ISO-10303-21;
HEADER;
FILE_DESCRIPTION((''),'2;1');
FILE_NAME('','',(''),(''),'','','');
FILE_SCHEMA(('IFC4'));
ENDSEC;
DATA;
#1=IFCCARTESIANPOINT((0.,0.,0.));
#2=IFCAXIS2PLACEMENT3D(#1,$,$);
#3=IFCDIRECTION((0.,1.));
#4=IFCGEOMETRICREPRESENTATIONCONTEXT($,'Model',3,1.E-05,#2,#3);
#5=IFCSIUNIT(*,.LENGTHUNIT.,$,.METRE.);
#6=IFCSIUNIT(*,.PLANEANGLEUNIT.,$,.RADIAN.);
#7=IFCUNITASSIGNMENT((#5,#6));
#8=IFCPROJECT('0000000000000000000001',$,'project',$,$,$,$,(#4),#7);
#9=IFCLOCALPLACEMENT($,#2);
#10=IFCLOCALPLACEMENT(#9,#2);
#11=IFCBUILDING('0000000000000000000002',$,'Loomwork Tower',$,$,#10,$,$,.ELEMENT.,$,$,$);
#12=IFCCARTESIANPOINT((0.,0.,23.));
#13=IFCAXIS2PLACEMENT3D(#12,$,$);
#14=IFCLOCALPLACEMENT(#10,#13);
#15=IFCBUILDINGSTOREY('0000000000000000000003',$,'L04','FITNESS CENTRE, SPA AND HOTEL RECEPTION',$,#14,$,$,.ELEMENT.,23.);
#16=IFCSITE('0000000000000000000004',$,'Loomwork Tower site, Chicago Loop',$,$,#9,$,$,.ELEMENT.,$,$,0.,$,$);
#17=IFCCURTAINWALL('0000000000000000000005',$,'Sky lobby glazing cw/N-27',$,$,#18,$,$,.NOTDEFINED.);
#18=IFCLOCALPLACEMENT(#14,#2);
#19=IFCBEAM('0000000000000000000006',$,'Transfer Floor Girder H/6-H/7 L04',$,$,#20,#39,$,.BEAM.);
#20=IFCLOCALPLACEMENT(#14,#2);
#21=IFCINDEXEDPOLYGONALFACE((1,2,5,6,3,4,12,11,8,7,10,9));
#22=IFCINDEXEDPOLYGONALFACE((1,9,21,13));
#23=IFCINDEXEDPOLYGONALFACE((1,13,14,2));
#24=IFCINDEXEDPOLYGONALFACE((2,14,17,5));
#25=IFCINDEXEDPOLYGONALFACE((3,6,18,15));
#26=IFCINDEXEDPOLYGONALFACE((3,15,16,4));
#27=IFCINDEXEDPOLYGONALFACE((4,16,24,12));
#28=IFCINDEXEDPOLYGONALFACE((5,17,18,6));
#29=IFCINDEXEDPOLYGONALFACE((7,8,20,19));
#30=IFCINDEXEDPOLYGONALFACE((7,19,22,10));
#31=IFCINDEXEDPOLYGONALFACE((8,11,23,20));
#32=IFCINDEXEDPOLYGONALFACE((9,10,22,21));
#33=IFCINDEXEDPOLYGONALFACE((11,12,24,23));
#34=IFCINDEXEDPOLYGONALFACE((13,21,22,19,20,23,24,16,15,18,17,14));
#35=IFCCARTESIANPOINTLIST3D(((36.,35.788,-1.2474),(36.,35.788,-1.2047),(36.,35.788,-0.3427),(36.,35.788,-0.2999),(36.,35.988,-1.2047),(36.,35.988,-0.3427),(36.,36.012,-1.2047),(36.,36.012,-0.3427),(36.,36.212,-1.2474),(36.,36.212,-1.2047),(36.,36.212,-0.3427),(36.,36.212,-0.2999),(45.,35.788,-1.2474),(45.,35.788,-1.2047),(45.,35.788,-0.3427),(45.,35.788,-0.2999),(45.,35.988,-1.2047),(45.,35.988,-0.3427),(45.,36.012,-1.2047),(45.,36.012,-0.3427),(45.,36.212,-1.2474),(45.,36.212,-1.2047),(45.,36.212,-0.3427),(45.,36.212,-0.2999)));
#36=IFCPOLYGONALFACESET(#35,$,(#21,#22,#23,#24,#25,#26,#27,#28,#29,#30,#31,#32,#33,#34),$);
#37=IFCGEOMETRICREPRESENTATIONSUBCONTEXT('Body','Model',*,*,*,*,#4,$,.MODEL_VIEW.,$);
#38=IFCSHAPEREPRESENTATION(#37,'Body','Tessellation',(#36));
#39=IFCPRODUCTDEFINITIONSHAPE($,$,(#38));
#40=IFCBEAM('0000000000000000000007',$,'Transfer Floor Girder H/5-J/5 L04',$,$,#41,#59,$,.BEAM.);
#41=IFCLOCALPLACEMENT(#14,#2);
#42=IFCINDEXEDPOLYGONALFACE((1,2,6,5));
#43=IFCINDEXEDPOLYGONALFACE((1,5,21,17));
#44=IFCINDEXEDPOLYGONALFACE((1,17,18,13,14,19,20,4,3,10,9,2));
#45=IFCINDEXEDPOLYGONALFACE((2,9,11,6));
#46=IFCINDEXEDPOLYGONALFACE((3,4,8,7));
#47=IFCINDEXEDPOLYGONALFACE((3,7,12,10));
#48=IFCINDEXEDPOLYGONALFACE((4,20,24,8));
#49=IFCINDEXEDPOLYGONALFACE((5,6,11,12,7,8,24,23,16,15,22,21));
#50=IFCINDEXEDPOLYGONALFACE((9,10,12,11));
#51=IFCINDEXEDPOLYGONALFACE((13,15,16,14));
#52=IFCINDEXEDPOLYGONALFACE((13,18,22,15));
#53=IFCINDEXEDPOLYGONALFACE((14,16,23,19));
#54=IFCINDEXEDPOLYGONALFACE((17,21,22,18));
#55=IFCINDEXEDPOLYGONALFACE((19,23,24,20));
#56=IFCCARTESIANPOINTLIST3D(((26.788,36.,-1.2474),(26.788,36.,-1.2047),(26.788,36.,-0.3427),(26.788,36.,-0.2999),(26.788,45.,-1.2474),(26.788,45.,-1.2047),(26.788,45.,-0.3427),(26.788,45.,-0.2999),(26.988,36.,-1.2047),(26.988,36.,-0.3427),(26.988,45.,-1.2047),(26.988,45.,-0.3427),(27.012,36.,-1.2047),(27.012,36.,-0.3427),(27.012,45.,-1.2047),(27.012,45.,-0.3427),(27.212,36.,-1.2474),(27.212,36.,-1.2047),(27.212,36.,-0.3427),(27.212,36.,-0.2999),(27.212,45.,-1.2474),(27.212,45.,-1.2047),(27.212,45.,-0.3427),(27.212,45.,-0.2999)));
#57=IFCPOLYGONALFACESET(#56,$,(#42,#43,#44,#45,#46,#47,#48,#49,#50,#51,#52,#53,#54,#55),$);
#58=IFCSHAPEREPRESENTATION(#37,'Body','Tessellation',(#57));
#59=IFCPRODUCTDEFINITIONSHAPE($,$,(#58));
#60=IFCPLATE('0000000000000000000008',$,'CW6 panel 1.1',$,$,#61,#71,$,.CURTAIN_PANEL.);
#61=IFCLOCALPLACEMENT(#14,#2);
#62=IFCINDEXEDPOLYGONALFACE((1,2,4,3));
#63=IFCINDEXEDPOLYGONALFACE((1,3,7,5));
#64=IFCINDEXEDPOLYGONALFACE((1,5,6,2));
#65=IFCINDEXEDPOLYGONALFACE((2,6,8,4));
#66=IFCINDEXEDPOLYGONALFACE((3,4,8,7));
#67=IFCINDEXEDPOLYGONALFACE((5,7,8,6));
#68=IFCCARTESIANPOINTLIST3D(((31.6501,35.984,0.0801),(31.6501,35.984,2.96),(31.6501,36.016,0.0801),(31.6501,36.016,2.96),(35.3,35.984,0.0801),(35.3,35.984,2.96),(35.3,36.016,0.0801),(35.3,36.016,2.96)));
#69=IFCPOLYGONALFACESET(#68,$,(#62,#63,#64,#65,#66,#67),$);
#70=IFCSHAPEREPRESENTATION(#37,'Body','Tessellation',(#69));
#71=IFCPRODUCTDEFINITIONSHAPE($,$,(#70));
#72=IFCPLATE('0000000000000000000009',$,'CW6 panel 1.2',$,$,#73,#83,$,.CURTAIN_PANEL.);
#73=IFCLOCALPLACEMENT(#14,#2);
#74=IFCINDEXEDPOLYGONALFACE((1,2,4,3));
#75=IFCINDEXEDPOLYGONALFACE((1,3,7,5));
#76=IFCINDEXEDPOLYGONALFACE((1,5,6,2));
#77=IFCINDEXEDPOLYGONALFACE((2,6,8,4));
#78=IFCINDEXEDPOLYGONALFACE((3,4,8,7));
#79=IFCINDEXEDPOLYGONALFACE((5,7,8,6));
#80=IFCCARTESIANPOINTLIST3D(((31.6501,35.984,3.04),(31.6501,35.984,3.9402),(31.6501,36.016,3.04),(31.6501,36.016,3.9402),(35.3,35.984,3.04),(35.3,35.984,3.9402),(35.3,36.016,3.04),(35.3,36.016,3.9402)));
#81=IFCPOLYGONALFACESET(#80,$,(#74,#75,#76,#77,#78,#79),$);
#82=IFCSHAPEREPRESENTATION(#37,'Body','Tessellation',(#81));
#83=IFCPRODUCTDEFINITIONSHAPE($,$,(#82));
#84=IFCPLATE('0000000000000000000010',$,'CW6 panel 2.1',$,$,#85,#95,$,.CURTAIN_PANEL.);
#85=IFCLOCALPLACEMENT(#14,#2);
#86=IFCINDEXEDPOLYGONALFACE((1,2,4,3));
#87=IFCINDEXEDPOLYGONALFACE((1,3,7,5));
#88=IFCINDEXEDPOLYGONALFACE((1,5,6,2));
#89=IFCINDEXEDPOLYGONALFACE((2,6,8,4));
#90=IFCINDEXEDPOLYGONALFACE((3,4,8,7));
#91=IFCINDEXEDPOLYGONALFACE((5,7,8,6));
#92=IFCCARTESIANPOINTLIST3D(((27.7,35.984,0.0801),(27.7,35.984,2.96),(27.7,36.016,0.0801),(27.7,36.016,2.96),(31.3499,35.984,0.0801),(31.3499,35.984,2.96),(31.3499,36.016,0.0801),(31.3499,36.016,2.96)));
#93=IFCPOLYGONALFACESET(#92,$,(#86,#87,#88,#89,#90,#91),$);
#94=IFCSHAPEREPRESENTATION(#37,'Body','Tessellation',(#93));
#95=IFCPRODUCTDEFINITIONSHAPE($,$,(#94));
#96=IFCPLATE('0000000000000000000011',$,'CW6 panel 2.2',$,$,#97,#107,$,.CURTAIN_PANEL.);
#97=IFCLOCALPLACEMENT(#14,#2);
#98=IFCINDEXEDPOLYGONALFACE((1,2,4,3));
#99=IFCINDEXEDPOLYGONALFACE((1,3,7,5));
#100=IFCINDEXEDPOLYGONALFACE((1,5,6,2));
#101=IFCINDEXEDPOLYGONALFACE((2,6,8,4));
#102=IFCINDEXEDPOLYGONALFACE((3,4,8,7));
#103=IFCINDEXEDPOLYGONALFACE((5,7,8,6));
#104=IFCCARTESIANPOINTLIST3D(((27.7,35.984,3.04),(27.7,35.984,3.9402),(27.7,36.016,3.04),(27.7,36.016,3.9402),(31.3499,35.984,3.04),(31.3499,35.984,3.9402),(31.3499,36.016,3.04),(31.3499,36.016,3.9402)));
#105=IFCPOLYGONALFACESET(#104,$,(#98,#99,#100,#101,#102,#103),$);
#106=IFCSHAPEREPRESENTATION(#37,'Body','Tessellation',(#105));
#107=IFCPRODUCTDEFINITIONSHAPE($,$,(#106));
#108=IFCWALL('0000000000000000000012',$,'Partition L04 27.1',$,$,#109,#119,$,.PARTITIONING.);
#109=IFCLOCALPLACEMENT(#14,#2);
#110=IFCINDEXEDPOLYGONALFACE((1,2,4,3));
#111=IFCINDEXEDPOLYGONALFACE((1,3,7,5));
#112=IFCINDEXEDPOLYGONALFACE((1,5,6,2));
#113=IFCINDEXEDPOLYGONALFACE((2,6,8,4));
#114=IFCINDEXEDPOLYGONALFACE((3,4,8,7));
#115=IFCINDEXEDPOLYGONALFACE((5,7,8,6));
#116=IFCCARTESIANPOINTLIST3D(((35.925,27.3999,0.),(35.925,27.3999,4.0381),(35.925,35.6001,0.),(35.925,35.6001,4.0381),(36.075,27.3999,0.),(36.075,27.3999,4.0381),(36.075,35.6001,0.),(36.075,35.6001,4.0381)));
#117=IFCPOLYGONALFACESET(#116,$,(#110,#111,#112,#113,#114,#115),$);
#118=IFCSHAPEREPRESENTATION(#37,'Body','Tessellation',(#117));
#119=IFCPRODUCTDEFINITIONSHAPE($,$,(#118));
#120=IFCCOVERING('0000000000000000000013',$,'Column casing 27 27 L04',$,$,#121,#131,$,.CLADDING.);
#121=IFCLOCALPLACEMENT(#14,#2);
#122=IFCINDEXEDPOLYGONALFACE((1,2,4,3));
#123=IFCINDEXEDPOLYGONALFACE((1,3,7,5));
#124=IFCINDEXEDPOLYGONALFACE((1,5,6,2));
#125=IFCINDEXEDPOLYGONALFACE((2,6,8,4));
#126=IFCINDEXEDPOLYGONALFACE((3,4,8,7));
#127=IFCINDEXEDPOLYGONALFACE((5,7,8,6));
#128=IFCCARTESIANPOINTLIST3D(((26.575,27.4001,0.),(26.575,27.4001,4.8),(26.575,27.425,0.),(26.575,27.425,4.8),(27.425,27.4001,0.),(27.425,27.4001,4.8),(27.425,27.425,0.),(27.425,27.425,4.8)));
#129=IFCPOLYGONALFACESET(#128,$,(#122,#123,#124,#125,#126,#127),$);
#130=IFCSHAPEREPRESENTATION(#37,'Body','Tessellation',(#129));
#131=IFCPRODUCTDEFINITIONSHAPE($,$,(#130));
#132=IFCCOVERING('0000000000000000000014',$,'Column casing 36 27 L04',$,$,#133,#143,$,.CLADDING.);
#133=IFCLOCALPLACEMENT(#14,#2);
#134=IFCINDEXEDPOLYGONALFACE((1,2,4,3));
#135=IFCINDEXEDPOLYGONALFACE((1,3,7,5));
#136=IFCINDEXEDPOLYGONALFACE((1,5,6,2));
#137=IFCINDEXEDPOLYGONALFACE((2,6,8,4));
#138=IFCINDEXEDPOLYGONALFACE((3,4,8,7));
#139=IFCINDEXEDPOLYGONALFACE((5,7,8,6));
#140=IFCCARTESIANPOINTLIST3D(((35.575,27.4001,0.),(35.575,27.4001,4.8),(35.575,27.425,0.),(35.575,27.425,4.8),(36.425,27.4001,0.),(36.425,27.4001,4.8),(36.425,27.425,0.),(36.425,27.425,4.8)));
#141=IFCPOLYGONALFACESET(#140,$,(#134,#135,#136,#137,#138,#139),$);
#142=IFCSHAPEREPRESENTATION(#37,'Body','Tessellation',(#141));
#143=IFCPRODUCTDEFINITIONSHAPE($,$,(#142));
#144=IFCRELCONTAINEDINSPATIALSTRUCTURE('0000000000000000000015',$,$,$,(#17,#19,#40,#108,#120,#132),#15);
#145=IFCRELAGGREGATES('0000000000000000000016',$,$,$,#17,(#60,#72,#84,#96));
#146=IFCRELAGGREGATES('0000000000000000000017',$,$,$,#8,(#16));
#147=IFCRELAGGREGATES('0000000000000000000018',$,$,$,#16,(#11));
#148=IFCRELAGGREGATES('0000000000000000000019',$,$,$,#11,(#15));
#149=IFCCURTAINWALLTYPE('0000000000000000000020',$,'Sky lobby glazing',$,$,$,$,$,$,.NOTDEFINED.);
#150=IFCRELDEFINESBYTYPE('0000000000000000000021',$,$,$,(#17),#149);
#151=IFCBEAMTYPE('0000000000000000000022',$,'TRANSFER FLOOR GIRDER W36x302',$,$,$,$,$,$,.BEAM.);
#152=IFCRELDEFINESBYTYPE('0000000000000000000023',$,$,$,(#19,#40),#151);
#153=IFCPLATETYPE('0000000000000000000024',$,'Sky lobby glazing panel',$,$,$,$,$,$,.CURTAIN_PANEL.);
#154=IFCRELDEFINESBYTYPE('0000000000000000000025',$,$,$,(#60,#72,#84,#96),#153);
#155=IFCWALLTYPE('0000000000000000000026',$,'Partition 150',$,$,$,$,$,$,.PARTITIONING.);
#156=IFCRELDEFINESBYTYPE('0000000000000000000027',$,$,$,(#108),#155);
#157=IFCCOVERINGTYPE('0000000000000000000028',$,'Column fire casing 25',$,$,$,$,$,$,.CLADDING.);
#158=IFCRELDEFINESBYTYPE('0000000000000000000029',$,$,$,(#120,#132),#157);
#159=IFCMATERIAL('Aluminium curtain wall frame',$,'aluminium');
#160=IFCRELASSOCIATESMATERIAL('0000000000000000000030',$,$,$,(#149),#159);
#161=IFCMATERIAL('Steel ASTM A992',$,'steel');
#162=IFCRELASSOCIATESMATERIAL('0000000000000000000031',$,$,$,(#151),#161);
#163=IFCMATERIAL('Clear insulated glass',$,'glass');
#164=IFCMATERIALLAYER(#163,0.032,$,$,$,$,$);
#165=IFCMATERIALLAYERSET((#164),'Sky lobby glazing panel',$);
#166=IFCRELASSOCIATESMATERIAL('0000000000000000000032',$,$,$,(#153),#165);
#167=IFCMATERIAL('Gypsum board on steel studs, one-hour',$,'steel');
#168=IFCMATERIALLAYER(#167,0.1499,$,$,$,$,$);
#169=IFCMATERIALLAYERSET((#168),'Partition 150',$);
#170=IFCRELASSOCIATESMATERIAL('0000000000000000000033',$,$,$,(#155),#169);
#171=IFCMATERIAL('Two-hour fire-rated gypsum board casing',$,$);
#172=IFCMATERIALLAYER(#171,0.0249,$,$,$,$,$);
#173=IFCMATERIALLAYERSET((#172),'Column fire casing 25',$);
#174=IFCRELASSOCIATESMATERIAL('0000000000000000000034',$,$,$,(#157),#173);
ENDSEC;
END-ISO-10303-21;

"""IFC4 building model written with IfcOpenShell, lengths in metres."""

from ifc_helpers import new_model, si_unit, direction, frame, frame_2d, origin, origin_2d, place, context, subcontext, project, spatial, rectangle, i_section, extrude, material, layer, layer_set, material_profile, profile_set, type_object, element, aggregate, save


model = new_model("IFC4")

# Units and contexts
model_context = context("Model", 3, precision=1e-05, world=origin(), true_north=direction((0.0, 1.0)))
body_context = subcontext(model_context, "Body", "Model", "MODEL_VIEW")
ifc_project = project(units=[si_unit("LENGTHUNIT", "METRE"), si_unit("PLANEANGLEUNIT", "RADIAN")], contexts=[model_context])

# Site, building, storey
site_placement = place(None, origin())
site = spatial("IfcSite", under=ifc_project, at=site_placement, Name="Loomwork Tower site, Chicago Loop", CompositionType="ELEMENT", RefElevation=0.0)
building_placement = place(site_placement, origin())
building = spatial("IfcBuilding", under=site, at=building_placement, Name="Loomwork Tower", CompositionType="ELEMENT")
storey_placement = place(building_placement, frame((0.0, 0.0, 23.0)))
storey = spatial("IfcBuildingStorey", under=building, at=storey_placement, Name="L04", Description="FITNESS CENTRE, SPA AND HOTEL RECEPTION", CompositionType="ELEMENT", Elevation=23.0)

# Curtain wall
ifc_material_1 = material(Name="Aluminium curtain wall frame", Category="aluminium")
curtain_wall_type = type_object("IfcCurtainWallType", Name="Sky lobby glazing", PredefinedType="NOTDEFINED", material=ifc_material_1)
curtain_wall_placement = place(storey_placement, origin())
curtain_wall = element("IfcCurtainWall", 1, at=curtain_wall_placement, inside=storey, type_object=curtain_wall_type, Name="Sky lobby glazing cw/N-27", PredefinedType="NOTDEFINED")

# Beams
ifc_material_2 = material(Name="Steel ASTM A992", Category="steel")
ifc_material_profile_1 = material_profile(ifc_material_2, i_section(OverallWidth=0.4241, OverallDepth=0.9475, WebThickness=0.0239, FlangeThickness=0.0427, at=origin_2d()), Name="W36x302")
ifc_profile_set_1 = profile_set([ifc_material_profile_1], Name="Steel ASTM A992")
beam_type = type_object("IfcBeamType", Name="TRANSFER FLOOR GIRDER W36x302", PredefinedType="BEAM", material=ifc_profile_set_1)
for number, where, z_axis, x_axis, name in (
    (2, (36.0, 36.0, -0.7737), (1.0, 0.0, 0.0), (0.0, 1.0, 0.0), "Transfer Floor Girder H/6-H/7 L04"),
    (3, (27.0, 36.0, -0.7737), (0.0, 1.0, 0.0), (-1.0, 0.0, 0.0), "Transfer Floor Girder H/5-J/5 L04"),
):
    element("IfcBeam", number, at=place(storey_placement, frame(where, z_axis=z_axis, x_axis=x_axis)), inside=storey, type_object=beam_type, Name=name, PredefinedType="BEAM", context=body_context, shape_type="SweptSolid", body=[
        extrude(i_section(OverallWidth=0.4241, OverallDepth=0.9475, WebThickness=0.0239, FlangeThickness=0.0427, at=origin_2d()), origin(), (0.0, 0.0, 1.0), 9.0),
    ])

# Plates
ifc_material_3 = material(Name="Clear insulated glass", Category="glass")
ifc_layer_1 = layer(ifc_material_3, 0.032)
ifc_layer_set_1 = layer_set([ifc_layer_1], Name="Sky lobby glazing panel")
plate_type = type_object("IfcPlateType", Name="Sky lobby glazing panel", PredefinedType="CURTAIN_PANEL", material=ifc_layer_set_1)
plate_1_placement = place(storey_placement, frame((33.4751, 36.0, 0.0801), z_axis=(0.0, 0.0, 1.0), x_axis=(-1.0, 0.0, 0.0)))
plate_1 = element("IfcPlate", 4, at=plate_1_placement, type_object=plate_type, Name="CW6 panel 1.1", PredefinedType="CURTAIN_PANEL", context=body_context, shape_type="SweptSolid", body=[
    extrude(rectangle(XDim=3.6499, YDim=0.032, at=origin_2d()), origin(), (0.0, 0.0, 1.0), 2.8799),
])
plate_2_placement = place(storey_placement, frame((33.4751, 36.0, 3.04), z_axis=(0.0, 0.0, 1.0), x_axis=(-1.0, 0.0, 0.0)))
plate_2 = element("IfcPlate", 5, at=plate_2_placement, type_object=plate_type, Name="CW6 panel 1.2", PredefinedType="CURTAIN_PANEL", context=body_context, shape_type="SweptSolid", body=[
    extrude(rectangle(XDim=3.6499, YDim=0.032, at=origin_2d()), origin(), (0.0, 0.0, 1.0), 0.9001),
])
plate_3_placement = place(storey_placement, frame((29.5249, 36.0, 0.0801), z_axis=(0.0, 0.0, 1.0), x_axis=(-1.0, 0.0, 0.0)))
plate_3 = element("IfcPlate", 6, at=plate_3_placement, type_object=plate_type, Name="CW6 panel 2.1", PredefinedType="CURTAIN_PANEL", context=body_context, shape_type="SweptSolid", body=[
    extrude(rectangle(XDim=3.6499, YDim=0.032, at=origin_2d()), origin(), (0.0, 0.0, 1.0), 2.8799),
])
plate_4_placement = place(storey_placement, frame((29.5249, 36.0, 3.04), z_axis=(0.0, 0.0, 1.0), x_axis=(-1.0, 0.0, 0.0)))
plate_4 = element("IfcPlate", 7, at=plate_4_placement, type_object=plate_type, Name="CW6 panel 2.2", PredefinedType="CURTAIN_PANEL", context=body_context, shape_type="SweptSolid", body=[
    extrude(rectangle(XDim=3.6499, YDim=0.032, at=origin_2d()), origin(), (0.0, 0.0, 1.0), 0.9001),
])
aggregate(curtain_wall, [plate_1, plate_2, plate_3, plate_4])

# Wall
ifc_material_4 = material(Name="Gypsum board on steel studs, one-hour", Category="steel")
ifc_layer_2 = layer(ifc_material_4, 0.1499)
ifc_layer_set_2 = layer_set([ifc_layer_2], Name="Partition 150")
wall_type = type_object("IfcWallType", Name="Partition 150", PredefinedType="PARTITIONING", material=ifc_layer_set_2)
wall_placement = place(storey_placement, frame((36.0, 35.6001, 0.0), z_axis=(0.0, 0.0, 1.0), x_axis=(0.0, -1.0, 0.0)))
element("IfcWall", 8, at=wall_placement, inside=storey, type_object=wall_type, Name="Partition L04 27.1", PredefinedType="PARTITIONING", context=body_context, shape_type="SweptSolid", body=[
    extrude(rectangle(XDim=8.2002, YDim=0.1499, at=frame_2d((4.1001, 0.0))), origin(), (0.0, 0.0, 1.0), 4.0381),
])

# Coverings
ifc_material_5 = material(Name="Two-hour fire-rated gypsum board casing")
ifc_layer_3 = layer(ifc_material_5, 0.0249)
ifc_layer_set_3 = layer_set([ifc_layer_3], Name="Column fire casing 25")
covering_type = type_object("IfcCoveringType", Name="Column fire casing 25", PredefinedType="CLADDING", material=ifc_layer_set_3)
for number, where, z_axis, x_axis, name in (
    (9, (27.0, 27.4126, 0.0), (0.0, 0.0, 1.0), (1.0, 0.0, 0.0), "Column casing 27 27 L04"),
    (10, (36.0, 27.4126, 0.0), (0.0, 0.0, 1.0), (1.0, 0.0, 0.0), "Column casing 36 27 L04"),
):
    element("IfcCovering", number, at=place(storey_placement, frame(where, z_axis=z_axis, x_axis=x_axis)), inside=storey, type_object=covering_type, Name=name, PredefinedType="CLADDING", context=body_context, shape_type="SweptSolid", body=[
        extrude(rectangle(XDim=0.8501, YDim=0.0249, at=origin_2d()), origin(), (0.0, 0.0, 1.0), 4.8),
    ])

save(model, "model.ifc")
